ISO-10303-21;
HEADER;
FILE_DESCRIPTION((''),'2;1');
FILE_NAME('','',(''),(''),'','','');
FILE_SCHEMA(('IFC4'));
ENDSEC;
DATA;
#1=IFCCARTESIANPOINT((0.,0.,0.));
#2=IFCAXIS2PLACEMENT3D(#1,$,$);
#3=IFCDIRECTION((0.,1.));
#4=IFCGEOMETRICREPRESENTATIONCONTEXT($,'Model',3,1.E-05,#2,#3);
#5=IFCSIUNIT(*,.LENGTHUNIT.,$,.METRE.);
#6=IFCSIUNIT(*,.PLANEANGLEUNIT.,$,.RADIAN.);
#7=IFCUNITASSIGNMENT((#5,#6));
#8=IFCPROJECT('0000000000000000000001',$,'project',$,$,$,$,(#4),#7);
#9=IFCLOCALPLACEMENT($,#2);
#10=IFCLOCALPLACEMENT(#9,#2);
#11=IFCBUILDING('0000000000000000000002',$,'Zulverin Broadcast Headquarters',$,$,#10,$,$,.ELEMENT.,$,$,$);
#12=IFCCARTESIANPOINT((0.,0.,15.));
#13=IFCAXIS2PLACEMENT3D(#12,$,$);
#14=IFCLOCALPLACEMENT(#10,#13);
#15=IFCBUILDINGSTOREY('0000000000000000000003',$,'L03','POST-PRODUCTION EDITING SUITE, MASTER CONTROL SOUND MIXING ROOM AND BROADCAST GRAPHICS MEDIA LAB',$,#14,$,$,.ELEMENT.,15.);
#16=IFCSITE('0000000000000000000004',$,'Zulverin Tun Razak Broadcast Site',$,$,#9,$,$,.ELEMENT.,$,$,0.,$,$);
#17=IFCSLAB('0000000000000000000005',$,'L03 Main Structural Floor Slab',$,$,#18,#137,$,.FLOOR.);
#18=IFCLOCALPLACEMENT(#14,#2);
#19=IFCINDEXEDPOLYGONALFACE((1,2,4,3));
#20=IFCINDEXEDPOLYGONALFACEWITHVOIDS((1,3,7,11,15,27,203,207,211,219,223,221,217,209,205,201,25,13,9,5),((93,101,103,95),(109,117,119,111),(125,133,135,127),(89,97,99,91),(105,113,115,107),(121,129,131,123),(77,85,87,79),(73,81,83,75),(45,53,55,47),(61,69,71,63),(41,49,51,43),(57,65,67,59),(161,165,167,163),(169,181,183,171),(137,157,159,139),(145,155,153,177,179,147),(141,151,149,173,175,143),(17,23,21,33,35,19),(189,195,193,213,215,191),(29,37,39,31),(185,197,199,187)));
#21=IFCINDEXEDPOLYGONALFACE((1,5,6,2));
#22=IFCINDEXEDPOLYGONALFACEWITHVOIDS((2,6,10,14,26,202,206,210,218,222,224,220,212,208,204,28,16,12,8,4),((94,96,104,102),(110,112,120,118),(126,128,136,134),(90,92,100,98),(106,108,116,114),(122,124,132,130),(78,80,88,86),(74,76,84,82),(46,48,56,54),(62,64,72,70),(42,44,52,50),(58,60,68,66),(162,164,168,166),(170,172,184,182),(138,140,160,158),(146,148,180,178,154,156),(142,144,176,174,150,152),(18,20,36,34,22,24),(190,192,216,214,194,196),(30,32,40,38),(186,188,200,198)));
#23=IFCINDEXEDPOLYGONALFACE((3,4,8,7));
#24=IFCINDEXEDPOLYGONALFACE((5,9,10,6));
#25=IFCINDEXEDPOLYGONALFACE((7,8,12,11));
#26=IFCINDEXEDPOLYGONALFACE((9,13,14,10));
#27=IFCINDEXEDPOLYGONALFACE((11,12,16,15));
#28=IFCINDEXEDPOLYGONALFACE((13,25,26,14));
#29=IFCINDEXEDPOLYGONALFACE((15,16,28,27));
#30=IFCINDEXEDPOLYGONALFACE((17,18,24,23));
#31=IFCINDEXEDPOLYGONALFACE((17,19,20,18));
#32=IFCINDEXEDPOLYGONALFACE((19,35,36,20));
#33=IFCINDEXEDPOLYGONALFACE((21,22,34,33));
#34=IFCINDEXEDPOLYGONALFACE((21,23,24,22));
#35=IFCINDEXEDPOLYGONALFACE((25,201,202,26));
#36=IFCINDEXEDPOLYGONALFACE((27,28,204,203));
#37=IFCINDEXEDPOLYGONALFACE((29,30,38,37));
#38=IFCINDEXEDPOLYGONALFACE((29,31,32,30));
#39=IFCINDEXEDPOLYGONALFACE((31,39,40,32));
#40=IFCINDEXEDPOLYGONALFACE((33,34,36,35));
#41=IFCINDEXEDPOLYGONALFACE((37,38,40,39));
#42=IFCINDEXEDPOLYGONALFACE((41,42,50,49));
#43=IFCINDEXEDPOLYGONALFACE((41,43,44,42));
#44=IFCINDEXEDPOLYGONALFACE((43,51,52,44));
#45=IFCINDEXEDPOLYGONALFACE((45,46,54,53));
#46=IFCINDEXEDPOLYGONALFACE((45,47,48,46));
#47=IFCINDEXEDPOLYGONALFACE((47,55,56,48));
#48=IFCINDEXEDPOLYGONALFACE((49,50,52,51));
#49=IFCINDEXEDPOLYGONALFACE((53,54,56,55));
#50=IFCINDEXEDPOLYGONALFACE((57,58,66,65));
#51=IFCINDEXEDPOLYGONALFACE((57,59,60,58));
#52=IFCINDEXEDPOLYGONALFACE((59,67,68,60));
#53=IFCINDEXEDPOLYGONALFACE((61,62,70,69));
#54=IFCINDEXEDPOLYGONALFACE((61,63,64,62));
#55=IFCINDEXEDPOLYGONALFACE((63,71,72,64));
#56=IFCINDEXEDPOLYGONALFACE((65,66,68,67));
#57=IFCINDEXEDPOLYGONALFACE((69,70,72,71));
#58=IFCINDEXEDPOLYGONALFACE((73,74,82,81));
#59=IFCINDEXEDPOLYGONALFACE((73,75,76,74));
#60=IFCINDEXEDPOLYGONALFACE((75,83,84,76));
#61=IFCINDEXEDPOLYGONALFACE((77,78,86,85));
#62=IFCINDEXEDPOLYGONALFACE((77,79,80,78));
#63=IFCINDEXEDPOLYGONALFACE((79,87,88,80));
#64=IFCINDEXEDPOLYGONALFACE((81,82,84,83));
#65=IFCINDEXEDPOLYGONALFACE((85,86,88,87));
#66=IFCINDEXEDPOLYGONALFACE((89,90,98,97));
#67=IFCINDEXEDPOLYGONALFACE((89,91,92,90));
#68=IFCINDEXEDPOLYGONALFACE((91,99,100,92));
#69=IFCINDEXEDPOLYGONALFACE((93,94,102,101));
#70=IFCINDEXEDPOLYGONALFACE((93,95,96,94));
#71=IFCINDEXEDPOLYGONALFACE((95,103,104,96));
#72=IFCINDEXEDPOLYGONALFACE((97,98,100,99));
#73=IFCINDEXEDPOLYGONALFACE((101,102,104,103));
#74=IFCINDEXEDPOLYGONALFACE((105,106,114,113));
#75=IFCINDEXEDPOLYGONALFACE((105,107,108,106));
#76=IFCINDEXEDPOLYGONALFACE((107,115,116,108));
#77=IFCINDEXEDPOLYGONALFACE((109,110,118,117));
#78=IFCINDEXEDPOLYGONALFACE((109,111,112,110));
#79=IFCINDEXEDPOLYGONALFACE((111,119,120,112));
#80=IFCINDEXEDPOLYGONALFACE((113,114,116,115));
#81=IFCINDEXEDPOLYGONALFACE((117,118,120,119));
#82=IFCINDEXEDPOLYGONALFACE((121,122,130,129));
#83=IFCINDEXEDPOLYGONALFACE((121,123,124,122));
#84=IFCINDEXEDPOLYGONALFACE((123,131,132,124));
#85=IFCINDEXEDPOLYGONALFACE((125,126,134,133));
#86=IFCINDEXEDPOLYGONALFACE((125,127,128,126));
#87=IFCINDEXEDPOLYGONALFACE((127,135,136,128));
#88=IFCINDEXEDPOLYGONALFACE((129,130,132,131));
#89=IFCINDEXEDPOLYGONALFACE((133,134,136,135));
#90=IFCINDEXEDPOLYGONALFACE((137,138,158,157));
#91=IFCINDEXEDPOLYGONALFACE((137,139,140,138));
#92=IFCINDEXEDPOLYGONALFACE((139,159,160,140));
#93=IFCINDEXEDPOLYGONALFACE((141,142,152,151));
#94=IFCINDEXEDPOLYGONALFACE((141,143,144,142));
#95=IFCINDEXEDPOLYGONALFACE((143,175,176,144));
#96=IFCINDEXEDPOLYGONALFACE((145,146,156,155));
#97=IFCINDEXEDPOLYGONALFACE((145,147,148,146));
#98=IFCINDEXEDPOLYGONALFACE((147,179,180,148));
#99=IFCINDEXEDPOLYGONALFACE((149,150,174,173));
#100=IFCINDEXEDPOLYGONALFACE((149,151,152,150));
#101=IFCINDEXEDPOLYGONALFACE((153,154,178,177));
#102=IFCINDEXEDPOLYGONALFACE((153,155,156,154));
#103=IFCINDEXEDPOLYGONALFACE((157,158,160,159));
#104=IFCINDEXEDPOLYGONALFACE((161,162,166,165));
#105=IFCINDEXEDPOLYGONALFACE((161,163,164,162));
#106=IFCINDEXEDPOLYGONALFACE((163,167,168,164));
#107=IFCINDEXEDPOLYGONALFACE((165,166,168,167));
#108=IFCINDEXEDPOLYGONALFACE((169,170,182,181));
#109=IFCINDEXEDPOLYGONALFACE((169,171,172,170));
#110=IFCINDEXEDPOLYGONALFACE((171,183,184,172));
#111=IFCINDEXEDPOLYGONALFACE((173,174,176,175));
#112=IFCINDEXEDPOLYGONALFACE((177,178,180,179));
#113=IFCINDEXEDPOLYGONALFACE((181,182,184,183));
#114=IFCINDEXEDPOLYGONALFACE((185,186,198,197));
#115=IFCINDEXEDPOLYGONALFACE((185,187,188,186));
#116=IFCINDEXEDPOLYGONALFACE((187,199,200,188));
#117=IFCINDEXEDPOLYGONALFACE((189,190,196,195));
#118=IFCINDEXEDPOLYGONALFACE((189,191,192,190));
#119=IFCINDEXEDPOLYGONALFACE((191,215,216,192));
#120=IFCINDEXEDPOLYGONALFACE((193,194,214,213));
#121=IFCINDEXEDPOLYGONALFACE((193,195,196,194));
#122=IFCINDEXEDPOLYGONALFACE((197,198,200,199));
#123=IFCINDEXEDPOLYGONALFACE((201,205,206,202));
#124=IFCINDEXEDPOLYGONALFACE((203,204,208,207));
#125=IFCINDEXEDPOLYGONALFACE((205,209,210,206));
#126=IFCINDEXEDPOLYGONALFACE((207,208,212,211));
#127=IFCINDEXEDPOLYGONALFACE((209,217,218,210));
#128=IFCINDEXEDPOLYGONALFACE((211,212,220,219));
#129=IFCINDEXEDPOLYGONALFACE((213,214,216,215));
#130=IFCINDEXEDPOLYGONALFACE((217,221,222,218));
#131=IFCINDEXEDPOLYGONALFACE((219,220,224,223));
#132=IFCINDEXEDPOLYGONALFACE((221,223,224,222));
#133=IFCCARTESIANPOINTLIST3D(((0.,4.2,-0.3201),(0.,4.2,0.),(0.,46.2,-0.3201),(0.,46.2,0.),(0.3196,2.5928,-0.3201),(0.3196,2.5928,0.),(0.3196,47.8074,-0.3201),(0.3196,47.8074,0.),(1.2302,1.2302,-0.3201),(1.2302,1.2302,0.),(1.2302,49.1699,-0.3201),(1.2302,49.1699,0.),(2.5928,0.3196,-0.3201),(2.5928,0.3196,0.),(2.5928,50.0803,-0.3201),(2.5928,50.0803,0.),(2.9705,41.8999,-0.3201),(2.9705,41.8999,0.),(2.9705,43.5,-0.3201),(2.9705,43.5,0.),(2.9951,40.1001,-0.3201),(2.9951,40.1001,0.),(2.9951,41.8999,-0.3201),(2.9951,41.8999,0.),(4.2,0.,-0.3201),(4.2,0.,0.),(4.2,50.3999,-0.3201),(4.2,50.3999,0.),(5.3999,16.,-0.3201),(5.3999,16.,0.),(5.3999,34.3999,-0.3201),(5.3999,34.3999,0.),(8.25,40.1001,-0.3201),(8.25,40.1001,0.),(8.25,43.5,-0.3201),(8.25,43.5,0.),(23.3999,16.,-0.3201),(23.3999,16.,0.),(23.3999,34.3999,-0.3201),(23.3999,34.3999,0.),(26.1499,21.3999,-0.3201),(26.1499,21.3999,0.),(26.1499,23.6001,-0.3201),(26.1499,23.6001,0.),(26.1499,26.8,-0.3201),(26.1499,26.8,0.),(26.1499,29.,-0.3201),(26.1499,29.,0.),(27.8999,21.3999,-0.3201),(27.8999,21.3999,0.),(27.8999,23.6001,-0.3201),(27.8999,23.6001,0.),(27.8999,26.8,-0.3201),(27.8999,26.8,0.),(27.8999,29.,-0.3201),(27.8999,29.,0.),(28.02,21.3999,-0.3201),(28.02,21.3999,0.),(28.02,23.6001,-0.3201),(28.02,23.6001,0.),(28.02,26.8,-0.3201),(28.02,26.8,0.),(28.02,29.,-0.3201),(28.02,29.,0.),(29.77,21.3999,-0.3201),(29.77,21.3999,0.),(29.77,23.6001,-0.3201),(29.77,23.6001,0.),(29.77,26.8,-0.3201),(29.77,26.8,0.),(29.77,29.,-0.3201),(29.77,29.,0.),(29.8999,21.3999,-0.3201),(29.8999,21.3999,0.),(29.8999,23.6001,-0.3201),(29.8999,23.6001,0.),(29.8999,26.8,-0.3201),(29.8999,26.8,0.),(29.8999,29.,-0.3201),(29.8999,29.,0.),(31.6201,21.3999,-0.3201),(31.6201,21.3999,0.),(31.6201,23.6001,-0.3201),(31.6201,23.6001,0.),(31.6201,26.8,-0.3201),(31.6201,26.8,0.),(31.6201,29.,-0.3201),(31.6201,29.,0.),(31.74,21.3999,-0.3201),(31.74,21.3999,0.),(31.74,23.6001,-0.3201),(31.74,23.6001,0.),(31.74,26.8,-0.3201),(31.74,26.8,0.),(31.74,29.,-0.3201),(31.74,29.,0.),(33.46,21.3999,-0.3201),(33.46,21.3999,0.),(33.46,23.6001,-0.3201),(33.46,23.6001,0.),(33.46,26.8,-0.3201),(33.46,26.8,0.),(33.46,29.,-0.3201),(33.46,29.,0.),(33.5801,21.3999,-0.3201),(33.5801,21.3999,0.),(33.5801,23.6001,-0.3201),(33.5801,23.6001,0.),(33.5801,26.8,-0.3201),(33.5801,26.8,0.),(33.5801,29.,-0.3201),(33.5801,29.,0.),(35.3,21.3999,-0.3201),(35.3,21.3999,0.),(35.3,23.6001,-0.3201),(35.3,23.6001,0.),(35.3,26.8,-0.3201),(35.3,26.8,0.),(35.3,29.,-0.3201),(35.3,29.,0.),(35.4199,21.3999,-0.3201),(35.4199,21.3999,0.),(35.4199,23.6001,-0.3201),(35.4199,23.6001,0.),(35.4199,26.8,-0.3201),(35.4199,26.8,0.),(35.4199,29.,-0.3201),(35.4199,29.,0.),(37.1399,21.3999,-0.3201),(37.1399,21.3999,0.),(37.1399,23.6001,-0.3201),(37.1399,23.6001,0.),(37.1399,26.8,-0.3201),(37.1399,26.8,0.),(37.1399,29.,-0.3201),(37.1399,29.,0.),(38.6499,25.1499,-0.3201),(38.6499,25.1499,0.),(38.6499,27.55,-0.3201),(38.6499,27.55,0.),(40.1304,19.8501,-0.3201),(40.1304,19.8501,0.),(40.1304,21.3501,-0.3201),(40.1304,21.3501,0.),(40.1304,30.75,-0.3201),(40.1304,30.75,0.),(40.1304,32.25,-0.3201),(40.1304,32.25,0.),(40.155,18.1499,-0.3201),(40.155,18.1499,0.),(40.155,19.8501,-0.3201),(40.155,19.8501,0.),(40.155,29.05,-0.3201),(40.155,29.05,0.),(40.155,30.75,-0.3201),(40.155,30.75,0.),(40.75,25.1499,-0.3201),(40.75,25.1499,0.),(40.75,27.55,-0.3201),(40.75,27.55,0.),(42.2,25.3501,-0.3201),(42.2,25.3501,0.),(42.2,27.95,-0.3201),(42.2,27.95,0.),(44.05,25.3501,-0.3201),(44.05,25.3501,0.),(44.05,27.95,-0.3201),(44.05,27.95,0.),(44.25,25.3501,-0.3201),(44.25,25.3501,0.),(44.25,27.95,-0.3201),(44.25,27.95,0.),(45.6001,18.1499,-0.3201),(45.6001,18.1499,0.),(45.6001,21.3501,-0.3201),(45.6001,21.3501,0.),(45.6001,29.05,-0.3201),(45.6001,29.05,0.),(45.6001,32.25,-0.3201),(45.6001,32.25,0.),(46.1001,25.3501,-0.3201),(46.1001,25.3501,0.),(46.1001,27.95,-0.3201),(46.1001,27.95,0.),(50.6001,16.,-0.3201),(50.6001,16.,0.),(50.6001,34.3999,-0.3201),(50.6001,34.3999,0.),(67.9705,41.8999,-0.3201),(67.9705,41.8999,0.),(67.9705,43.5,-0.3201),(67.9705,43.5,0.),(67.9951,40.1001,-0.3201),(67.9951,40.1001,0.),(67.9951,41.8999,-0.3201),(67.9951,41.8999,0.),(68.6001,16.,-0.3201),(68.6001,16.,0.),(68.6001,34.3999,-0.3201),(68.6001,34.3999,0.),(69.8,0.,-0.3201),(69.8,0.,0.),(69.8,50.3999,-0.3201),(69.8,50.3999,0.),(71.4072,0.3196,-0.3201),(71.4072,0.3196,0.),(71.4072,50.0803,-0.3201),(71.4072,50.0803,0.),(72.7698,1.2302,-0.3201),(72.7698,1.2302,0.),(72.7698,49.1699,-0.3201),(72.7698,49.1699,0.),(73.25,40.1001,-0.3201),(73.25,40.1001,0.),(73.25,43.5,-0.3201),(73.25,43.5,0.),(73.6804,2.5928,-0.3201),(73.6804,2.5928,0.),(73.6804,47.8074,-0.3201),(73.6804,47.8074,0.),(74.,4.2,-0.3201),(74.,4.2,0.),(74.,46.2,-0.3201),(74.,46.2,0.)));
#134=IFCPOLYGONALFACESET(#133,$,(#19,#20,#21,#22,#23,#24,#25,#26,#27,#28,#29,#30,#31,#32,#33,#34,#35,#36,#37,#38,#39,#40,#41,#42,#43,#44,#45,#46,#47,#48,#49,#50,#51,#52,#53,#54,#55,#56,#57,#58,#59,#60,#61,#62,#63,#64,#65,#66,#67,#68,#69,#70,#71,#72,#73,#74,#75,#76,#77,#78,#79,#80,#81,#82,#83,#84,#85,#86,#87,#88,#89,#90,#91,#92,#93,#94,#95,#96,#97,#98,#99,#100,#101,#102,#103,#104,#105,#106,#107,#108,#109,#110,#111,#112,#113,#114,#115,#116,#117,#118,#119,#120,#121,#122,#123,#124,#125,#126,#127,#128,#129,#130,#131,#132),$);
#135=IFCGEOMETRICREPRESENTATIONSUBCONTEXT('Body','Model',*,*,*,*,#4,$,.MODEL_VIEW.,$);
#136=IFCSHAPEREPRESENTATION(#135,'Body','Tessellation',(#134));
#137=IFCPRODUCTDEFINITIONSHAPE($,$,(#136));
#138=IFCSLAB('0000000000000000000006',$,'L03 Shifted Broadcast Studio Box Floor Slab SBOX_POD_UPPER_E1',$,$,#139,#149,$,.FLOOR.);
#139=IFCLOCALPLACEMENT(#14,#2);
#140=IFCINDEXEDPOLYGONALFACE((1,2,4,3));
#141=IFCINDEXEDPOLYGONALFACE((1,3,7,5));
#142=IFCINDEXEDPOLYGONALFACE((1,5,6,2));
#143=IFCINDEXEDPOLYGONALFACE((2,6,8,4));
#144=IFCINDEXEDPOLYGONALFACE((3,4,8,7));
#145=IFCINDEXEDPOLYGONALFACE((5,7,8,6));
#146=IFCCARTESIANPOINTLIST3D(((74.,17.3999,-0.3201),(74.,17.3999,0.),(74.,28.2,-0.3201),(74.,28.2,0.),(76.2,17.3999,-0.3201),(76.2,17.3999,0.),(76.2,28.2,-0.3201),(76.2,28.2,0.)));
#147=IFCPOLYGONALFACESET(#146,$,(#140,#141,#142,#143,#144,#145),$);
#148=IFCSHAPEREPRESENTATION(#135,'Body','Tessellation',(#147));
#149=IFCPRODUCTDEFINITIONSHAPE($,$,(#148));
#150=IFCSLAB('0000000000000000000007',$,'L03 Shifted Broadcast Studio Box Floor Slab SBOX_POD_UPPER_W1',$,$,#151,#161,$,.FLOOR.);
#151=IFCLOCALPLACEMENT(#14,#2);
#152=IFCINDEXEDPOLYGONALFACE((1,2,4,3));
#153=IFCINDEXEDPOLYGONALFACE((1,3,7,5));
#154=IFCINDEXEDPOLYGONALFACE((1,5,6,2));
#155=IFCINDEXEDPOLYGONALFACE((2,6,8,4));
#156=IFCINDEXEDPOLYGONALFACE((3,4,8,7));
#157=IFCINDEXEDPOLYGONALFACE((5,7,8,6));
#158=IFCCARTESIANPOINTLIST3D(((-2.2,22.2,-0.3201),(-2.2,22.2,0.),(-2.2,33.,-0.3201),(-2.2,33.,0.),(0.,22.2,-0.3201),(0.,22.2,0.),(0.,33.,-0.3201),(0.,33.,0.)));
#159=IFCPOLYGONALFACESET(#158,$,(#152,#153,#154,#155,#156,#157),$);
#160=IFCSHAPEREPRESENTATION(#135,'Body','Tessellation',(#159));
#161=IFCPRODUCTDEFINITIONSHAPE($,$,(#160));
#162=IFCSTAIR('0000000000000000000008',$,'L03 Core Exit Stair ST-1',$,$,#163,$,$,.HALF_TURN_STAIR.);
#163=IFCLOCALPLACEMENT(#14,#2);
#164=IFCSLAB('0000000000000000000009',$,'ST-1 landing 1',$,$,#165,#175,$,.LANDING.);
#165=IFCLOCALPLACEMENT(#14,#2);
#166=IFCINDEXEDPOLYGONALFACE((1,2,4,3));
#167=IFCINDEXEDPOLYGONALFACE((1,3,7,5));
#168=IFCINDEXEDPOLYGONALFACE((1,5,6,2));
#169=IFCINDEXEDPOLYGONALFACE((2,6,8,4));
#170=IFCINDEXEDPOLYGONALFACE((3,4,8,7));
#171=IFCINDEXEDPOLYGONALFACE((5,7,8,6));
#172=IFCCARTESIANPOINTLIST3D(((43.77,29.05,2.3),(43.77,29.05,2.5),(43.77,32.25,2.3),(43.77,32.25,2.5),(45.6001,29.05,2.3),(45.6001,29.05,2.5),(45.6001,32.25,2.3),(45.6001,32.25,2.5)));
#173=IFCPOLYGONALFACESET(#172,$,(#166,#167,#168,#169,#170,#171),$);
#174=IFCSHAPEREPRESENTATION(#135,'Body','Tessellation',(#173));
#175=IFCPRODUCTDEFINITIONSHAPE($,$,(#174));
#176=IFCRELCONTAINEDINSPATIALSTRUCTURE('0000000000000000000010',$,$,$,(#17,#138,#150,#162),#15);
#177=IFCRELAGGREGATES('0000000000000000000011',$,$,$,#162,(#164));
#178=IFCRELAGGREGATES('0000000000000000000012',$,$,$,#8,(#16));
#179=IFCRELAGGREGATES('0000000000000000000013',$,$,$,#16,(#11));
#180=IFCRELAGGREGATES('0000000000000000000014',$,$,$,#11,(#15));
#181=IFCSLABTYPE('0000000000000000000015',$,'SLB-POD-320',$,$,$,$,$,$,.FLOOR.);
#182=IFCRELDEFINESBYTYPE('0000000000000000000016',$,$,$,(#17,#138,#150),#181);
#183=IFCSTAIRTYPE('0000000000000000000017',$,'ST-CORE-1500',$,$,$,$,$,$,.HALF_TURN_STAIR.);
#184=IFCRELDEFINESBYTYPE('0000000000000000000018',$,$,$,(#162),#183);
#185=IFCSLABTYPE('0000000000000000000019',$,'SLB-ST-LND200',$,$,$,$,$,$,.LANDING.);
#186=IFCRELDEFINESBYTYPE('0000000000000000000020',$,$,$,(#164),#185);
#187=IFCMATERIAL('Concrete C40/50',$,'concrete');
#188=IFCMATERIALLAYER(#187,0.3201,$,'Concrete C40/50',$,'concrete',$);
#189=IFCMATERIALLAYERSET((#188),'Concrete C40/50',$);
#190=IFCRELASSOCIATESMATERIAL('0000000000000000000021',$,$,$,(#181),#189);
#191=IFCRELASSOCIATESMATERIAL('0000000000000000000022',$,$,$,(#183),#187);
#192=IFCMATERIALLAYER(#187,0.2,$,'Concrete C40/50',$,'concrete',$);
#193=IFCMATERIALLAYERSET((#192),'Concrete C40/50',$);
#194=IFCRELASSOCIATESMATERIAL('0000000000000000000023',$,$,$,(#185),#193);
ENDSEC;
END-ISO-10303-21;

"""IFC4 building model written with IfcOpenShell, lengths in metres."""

from ifc_helpers import new_model, si_unit, direction, frame, origin, place, context, subcontext, project, spatial, polyline, outline, extrude, material, layer, layer_set, type_object, element, aggregate, save


model = new_model("IFC4")

# Units and contexts
model_context = context("Model", 3, precision=1e-05, world=origin(), true_north=direction((0.0, 1.0)))
body_context = subcontext(model_context, "Body", "Model", "MODEL_VIEW")
ifc_project = project(units=[si_unit("LENGTHUNIT", "METRE"), si_unit("PLANEANGLEUNIT", "RADIAN")], contexts=[model_context])

# Site, building, storey
site_placement = place(None, origin())
site = spatial("IfcSite", under=ifc_project, at=site_placement, Name="Zulverin Tun Razak Broadcast Site", CompositionType="ELEMENT", RefElevation=0.0)
building_placement = place(site_placement, origin())
building = spatial("IfcBuilding", under=site, at=building_placement, Name="Zulverin Broadcast Headquarters", CompositionType="ELEMENT")
storey_placement = place(building_placement, frame((0.0, 0.0, 15.0)))
storey = spatial("IfcBuildingStorey", under=building, at=storey_placement, Name="L03", Description="POST-PRODUCTION EDITING SUITE, MASTER CONTROL SOUND MIXING ROOM AND BROADCAST GRAPHICS MEDIA LAB", CompositionType="ELEMENT", Elevation=15.0)

# Slabs
ifc_material_1 = material(Name="Concrete C40/50", Category="concrete")
ifc_layer_1 = layer(ifc_material_1, 0.3201, Name="Concrete C40/50", Category="concrete")
ifc_layer_set_1 = layer_set([ifc_layer_1], Name="Concrete C40/50")
slab_type_1 = type_object("IfcSlabType", Name="SLB-POD-320", PredefinedType="FLOOR", material=ifc_layer_set_1)
slab_1_placement = place(storey_placement, frame((0.0, 0.0, -0.3201)))
element("IfcSlab", 1, at=slab_1_placement, inside=storey, type_object=slab_type_1, Name="L03 Main Structural Floor Slab", PredefinedType="FLOOR", context=body_context, shape_type="SweptSolid", body=[
    extrude(outline(polyline([(69.8, 0.0), (71.4072, 0.3196), (72.7698, 1.2302), (73.6804, 2.5928), (74.0, 4.2), (74.0, 46.2), (73.6804, 47.8074), (72.7698, 49.1699), (71.4072, 50.0803), (69.8, 50.3999), (4.2, 50.3999), (2.5928, 50.0803), (1.2302, 49.1699), (0.3196, 47.8074), (0.0, 46.2), (0.0, 4.2), (0.3196, 2.5928), (1.2302, 1.2302), (2.5928, 0.3196), (4.2, 0.0), (69.8, 0.0)]), holes=[polyline([(40.155, 30.75), (40.1304, 30.75), (40.1304, 32.25), (45.6001, 32.25), (45.6001, 29.05), (40.155, 29.05), (40.155, 30.75)]), polyline([(40.155, 19.8501), (40.1304, 19.8501), (40.1304, 21.3501), (45.6001, 21.3501), (45.6001, 18.1499), (40.155, 18.1499), (40.155, 19.8501)]), polyline([(2.9951, 41.8999), (2.9705, 41.8999), (2.9705, 43.5), (8.25, 43.5), (8.25, 40.1001), (2.9951, 40.1001), (2.9951, 41.8999)]), polyline([(67.9951, 41.8999), (67.9705, 41.8999), (67.9705, 43.5), (73.25, 43.5), (73.25, 40.1001), (67.9951, 40.1001), (67.9951, 41.8999)]), polyline([(26.1499, 26.8), (27.8999, 26.8), (27.8999, 29.0), (26.1499, 29.0), (26.1499, 26.8)]), polyline([(28.02, 26.8), (29.77, 26.8), (29.77, 29.0), (28.02, 29.0), (28.02, 26.8)]), polyline([(26.1499, 21.3999), (27.8999, 21.3999), (27.8999, 23.6001), (26.1499, 23.6001), (26.1499, 21.3999)]), polyline([(28.02, 21.3999), (29.77, 21.3999), (29.77, 23.6001), (28.02, 23.6001), (28.02, 21.3999)]), polyline([(29.8999, 21.3999), (31.6201, 21.3999), (31.6201, 23.6001), (29.8999, 23.6001), (29.8999, 21.3999)]), polyline([(31.74, 21.3999), (33.46, 21.3999), (33.46, 23.6001), (31.74, 23.6001), (31.74, 21.3999)]), polyline([(33.5801, 21.3999), (35.3, 21.3999), (35.3, 23.6001), (33.5801, 23.6001), (33.5801, 21.3999)]), polyline([(35.4199, 21.3999), (37.1399, 21.3999), (37.1399, 23.6001), (35.4199, 23.6001), (35.4199, 21.3999)]), polyline([(29.8999, 26.8), (31.6201, 26.8), (31.6201, 29.0), (29.8999, 29.0), (29.8999, 26.8)]), polyline([(31.74, 26.8), (33.46, 26.8), (33.46, 29.0), (31.74, 29.0), (31.74, 26.8)]), polyline([(33.5801, 26.8), (35.3, 26.8), (35.3, 29.0), (33.5801, 29.0), (33.5801, 26.8)]), polyline([(35.4199, 26.8), (37.1399, 26.8), (37.1399, 29.0), (35.4199, 29.0), (35.4199, 26.8)]), polyline([(42.2, 25.3501), (44.05, 25.3501), (44.05, 27.95), (42.2, 27.95), (42.2, 25.3501)]), polyline([(44.25, 25.3501), (46.1001, 25.3501), (46.1001, 27.95), (44.25, 27.95), (44.25, 25.3501)]), polyline([(38.6499, 25.1499), (40.75, 25.1499), (40.75, 27.55), (38.6499, 27.55), (38.6499, 25.1499)]), polyline([(5.3999, 16.0), (23.3999, 16.0), (23.3999, 34.3999), (5.3999, 34.3999), (5.3999, 16.0)]), polyline([(50.6001, 16.0), (68.6001, 16.0), (68.6001, 34.3999), (50.6001, 34.3999), (50.6001, 16.0)])]), origin(), (0.0, 0.0, 1.0), 0.3201),
])
slab_2_placement = place(storey_placement, frame((0.0, 0.0, -0.3201)))
element("IfcSlab", 2, at=slab_2_placement, inside=storey, type_object=slab_type_1, Name="L03 Shifted Broadcast Studio Box Floor Slab SBOX_POD_UPPER_E1", PredefinedType="FLOOR", context=body_context, shape_type="SweptSolid", body=[
    extrude(outline(polyline([(74.0, 17.3999), (76.2, 17.3999), (76.2, 28.2), (74.0, 28.2), (74.0, 17.3999)])), origin(), (0.0, 0.0, 1.0), 0.3201),
])
slab_3_placement = place(storey_placement, frame((0.0, 0.0, -0.3201)))
element("IfcSlab", 3, at=slab_3_placement, inside=storey, type_object=slab_type_1, Name="L03 Shifted Broadcast Studio Box Floor Slab SBOX_POD_UPPER_W1", PredefinedType="FLOOR", context=body_context, shape_type="SweptSolid", body=[
    extrude(outline(polyline([(-2.2, 22.2), (0.0, 22.2), (0.0, 33.0), (-2.2, 33.0), (-2.2, 22.2)])), origin(), (0.0, 0.0, 1.0), 0.3201),
])

# Stair, slab
stair_type_1 = type_object("IfcStairType", Name="ST-CORE-1500", PredefinedType="HALF_TURN_STAIR", material=ifc_material_1)
stair_1_placement = place(storey_placement, origin())
stair_1 = element("IfcStair", 4, at=stair_1_placement, inside=storey, type_object=stair_type_1, Name="L03 Core Exit Stair ST-1", PredefinedType="HALF_TURN_STAIR")
ifc_layer_2 = layer(ifc_material_1, 0.2, Name="Concrete C40/50", Category="concrete")
ifc_layer_set_2 = layer_set([ifc_layer_2], Name="Concrete C40/50")
slab_type_2 = type_object("IfcSlabType", Name="SLB-ST-LND200", PredefinedType="LANDING", material=ifc_layer_set_2)
slab_4_placement = place(storey_placement, frame((0.0, 0.0, 2.3)))
slab_4 = element("IfcSlab", 5, at=slab_4_placement, type_object=slab_type_2, Name="ST-1 landing 1", PredefinedType="LANDING", context=body_context, shape_type="SweptSolid", body=[
    extrude(outline(polyline([(43.77, 29.05), (45.6001, 29.05), (45.6001, 32.25), (43.77, 32.25), (43.77, 29.05)])), origin(), (0.0, 0.0, 1.0), 0.2),
])
aggregate(stair_1, [slab_4])

save(model, "model.ifc")
